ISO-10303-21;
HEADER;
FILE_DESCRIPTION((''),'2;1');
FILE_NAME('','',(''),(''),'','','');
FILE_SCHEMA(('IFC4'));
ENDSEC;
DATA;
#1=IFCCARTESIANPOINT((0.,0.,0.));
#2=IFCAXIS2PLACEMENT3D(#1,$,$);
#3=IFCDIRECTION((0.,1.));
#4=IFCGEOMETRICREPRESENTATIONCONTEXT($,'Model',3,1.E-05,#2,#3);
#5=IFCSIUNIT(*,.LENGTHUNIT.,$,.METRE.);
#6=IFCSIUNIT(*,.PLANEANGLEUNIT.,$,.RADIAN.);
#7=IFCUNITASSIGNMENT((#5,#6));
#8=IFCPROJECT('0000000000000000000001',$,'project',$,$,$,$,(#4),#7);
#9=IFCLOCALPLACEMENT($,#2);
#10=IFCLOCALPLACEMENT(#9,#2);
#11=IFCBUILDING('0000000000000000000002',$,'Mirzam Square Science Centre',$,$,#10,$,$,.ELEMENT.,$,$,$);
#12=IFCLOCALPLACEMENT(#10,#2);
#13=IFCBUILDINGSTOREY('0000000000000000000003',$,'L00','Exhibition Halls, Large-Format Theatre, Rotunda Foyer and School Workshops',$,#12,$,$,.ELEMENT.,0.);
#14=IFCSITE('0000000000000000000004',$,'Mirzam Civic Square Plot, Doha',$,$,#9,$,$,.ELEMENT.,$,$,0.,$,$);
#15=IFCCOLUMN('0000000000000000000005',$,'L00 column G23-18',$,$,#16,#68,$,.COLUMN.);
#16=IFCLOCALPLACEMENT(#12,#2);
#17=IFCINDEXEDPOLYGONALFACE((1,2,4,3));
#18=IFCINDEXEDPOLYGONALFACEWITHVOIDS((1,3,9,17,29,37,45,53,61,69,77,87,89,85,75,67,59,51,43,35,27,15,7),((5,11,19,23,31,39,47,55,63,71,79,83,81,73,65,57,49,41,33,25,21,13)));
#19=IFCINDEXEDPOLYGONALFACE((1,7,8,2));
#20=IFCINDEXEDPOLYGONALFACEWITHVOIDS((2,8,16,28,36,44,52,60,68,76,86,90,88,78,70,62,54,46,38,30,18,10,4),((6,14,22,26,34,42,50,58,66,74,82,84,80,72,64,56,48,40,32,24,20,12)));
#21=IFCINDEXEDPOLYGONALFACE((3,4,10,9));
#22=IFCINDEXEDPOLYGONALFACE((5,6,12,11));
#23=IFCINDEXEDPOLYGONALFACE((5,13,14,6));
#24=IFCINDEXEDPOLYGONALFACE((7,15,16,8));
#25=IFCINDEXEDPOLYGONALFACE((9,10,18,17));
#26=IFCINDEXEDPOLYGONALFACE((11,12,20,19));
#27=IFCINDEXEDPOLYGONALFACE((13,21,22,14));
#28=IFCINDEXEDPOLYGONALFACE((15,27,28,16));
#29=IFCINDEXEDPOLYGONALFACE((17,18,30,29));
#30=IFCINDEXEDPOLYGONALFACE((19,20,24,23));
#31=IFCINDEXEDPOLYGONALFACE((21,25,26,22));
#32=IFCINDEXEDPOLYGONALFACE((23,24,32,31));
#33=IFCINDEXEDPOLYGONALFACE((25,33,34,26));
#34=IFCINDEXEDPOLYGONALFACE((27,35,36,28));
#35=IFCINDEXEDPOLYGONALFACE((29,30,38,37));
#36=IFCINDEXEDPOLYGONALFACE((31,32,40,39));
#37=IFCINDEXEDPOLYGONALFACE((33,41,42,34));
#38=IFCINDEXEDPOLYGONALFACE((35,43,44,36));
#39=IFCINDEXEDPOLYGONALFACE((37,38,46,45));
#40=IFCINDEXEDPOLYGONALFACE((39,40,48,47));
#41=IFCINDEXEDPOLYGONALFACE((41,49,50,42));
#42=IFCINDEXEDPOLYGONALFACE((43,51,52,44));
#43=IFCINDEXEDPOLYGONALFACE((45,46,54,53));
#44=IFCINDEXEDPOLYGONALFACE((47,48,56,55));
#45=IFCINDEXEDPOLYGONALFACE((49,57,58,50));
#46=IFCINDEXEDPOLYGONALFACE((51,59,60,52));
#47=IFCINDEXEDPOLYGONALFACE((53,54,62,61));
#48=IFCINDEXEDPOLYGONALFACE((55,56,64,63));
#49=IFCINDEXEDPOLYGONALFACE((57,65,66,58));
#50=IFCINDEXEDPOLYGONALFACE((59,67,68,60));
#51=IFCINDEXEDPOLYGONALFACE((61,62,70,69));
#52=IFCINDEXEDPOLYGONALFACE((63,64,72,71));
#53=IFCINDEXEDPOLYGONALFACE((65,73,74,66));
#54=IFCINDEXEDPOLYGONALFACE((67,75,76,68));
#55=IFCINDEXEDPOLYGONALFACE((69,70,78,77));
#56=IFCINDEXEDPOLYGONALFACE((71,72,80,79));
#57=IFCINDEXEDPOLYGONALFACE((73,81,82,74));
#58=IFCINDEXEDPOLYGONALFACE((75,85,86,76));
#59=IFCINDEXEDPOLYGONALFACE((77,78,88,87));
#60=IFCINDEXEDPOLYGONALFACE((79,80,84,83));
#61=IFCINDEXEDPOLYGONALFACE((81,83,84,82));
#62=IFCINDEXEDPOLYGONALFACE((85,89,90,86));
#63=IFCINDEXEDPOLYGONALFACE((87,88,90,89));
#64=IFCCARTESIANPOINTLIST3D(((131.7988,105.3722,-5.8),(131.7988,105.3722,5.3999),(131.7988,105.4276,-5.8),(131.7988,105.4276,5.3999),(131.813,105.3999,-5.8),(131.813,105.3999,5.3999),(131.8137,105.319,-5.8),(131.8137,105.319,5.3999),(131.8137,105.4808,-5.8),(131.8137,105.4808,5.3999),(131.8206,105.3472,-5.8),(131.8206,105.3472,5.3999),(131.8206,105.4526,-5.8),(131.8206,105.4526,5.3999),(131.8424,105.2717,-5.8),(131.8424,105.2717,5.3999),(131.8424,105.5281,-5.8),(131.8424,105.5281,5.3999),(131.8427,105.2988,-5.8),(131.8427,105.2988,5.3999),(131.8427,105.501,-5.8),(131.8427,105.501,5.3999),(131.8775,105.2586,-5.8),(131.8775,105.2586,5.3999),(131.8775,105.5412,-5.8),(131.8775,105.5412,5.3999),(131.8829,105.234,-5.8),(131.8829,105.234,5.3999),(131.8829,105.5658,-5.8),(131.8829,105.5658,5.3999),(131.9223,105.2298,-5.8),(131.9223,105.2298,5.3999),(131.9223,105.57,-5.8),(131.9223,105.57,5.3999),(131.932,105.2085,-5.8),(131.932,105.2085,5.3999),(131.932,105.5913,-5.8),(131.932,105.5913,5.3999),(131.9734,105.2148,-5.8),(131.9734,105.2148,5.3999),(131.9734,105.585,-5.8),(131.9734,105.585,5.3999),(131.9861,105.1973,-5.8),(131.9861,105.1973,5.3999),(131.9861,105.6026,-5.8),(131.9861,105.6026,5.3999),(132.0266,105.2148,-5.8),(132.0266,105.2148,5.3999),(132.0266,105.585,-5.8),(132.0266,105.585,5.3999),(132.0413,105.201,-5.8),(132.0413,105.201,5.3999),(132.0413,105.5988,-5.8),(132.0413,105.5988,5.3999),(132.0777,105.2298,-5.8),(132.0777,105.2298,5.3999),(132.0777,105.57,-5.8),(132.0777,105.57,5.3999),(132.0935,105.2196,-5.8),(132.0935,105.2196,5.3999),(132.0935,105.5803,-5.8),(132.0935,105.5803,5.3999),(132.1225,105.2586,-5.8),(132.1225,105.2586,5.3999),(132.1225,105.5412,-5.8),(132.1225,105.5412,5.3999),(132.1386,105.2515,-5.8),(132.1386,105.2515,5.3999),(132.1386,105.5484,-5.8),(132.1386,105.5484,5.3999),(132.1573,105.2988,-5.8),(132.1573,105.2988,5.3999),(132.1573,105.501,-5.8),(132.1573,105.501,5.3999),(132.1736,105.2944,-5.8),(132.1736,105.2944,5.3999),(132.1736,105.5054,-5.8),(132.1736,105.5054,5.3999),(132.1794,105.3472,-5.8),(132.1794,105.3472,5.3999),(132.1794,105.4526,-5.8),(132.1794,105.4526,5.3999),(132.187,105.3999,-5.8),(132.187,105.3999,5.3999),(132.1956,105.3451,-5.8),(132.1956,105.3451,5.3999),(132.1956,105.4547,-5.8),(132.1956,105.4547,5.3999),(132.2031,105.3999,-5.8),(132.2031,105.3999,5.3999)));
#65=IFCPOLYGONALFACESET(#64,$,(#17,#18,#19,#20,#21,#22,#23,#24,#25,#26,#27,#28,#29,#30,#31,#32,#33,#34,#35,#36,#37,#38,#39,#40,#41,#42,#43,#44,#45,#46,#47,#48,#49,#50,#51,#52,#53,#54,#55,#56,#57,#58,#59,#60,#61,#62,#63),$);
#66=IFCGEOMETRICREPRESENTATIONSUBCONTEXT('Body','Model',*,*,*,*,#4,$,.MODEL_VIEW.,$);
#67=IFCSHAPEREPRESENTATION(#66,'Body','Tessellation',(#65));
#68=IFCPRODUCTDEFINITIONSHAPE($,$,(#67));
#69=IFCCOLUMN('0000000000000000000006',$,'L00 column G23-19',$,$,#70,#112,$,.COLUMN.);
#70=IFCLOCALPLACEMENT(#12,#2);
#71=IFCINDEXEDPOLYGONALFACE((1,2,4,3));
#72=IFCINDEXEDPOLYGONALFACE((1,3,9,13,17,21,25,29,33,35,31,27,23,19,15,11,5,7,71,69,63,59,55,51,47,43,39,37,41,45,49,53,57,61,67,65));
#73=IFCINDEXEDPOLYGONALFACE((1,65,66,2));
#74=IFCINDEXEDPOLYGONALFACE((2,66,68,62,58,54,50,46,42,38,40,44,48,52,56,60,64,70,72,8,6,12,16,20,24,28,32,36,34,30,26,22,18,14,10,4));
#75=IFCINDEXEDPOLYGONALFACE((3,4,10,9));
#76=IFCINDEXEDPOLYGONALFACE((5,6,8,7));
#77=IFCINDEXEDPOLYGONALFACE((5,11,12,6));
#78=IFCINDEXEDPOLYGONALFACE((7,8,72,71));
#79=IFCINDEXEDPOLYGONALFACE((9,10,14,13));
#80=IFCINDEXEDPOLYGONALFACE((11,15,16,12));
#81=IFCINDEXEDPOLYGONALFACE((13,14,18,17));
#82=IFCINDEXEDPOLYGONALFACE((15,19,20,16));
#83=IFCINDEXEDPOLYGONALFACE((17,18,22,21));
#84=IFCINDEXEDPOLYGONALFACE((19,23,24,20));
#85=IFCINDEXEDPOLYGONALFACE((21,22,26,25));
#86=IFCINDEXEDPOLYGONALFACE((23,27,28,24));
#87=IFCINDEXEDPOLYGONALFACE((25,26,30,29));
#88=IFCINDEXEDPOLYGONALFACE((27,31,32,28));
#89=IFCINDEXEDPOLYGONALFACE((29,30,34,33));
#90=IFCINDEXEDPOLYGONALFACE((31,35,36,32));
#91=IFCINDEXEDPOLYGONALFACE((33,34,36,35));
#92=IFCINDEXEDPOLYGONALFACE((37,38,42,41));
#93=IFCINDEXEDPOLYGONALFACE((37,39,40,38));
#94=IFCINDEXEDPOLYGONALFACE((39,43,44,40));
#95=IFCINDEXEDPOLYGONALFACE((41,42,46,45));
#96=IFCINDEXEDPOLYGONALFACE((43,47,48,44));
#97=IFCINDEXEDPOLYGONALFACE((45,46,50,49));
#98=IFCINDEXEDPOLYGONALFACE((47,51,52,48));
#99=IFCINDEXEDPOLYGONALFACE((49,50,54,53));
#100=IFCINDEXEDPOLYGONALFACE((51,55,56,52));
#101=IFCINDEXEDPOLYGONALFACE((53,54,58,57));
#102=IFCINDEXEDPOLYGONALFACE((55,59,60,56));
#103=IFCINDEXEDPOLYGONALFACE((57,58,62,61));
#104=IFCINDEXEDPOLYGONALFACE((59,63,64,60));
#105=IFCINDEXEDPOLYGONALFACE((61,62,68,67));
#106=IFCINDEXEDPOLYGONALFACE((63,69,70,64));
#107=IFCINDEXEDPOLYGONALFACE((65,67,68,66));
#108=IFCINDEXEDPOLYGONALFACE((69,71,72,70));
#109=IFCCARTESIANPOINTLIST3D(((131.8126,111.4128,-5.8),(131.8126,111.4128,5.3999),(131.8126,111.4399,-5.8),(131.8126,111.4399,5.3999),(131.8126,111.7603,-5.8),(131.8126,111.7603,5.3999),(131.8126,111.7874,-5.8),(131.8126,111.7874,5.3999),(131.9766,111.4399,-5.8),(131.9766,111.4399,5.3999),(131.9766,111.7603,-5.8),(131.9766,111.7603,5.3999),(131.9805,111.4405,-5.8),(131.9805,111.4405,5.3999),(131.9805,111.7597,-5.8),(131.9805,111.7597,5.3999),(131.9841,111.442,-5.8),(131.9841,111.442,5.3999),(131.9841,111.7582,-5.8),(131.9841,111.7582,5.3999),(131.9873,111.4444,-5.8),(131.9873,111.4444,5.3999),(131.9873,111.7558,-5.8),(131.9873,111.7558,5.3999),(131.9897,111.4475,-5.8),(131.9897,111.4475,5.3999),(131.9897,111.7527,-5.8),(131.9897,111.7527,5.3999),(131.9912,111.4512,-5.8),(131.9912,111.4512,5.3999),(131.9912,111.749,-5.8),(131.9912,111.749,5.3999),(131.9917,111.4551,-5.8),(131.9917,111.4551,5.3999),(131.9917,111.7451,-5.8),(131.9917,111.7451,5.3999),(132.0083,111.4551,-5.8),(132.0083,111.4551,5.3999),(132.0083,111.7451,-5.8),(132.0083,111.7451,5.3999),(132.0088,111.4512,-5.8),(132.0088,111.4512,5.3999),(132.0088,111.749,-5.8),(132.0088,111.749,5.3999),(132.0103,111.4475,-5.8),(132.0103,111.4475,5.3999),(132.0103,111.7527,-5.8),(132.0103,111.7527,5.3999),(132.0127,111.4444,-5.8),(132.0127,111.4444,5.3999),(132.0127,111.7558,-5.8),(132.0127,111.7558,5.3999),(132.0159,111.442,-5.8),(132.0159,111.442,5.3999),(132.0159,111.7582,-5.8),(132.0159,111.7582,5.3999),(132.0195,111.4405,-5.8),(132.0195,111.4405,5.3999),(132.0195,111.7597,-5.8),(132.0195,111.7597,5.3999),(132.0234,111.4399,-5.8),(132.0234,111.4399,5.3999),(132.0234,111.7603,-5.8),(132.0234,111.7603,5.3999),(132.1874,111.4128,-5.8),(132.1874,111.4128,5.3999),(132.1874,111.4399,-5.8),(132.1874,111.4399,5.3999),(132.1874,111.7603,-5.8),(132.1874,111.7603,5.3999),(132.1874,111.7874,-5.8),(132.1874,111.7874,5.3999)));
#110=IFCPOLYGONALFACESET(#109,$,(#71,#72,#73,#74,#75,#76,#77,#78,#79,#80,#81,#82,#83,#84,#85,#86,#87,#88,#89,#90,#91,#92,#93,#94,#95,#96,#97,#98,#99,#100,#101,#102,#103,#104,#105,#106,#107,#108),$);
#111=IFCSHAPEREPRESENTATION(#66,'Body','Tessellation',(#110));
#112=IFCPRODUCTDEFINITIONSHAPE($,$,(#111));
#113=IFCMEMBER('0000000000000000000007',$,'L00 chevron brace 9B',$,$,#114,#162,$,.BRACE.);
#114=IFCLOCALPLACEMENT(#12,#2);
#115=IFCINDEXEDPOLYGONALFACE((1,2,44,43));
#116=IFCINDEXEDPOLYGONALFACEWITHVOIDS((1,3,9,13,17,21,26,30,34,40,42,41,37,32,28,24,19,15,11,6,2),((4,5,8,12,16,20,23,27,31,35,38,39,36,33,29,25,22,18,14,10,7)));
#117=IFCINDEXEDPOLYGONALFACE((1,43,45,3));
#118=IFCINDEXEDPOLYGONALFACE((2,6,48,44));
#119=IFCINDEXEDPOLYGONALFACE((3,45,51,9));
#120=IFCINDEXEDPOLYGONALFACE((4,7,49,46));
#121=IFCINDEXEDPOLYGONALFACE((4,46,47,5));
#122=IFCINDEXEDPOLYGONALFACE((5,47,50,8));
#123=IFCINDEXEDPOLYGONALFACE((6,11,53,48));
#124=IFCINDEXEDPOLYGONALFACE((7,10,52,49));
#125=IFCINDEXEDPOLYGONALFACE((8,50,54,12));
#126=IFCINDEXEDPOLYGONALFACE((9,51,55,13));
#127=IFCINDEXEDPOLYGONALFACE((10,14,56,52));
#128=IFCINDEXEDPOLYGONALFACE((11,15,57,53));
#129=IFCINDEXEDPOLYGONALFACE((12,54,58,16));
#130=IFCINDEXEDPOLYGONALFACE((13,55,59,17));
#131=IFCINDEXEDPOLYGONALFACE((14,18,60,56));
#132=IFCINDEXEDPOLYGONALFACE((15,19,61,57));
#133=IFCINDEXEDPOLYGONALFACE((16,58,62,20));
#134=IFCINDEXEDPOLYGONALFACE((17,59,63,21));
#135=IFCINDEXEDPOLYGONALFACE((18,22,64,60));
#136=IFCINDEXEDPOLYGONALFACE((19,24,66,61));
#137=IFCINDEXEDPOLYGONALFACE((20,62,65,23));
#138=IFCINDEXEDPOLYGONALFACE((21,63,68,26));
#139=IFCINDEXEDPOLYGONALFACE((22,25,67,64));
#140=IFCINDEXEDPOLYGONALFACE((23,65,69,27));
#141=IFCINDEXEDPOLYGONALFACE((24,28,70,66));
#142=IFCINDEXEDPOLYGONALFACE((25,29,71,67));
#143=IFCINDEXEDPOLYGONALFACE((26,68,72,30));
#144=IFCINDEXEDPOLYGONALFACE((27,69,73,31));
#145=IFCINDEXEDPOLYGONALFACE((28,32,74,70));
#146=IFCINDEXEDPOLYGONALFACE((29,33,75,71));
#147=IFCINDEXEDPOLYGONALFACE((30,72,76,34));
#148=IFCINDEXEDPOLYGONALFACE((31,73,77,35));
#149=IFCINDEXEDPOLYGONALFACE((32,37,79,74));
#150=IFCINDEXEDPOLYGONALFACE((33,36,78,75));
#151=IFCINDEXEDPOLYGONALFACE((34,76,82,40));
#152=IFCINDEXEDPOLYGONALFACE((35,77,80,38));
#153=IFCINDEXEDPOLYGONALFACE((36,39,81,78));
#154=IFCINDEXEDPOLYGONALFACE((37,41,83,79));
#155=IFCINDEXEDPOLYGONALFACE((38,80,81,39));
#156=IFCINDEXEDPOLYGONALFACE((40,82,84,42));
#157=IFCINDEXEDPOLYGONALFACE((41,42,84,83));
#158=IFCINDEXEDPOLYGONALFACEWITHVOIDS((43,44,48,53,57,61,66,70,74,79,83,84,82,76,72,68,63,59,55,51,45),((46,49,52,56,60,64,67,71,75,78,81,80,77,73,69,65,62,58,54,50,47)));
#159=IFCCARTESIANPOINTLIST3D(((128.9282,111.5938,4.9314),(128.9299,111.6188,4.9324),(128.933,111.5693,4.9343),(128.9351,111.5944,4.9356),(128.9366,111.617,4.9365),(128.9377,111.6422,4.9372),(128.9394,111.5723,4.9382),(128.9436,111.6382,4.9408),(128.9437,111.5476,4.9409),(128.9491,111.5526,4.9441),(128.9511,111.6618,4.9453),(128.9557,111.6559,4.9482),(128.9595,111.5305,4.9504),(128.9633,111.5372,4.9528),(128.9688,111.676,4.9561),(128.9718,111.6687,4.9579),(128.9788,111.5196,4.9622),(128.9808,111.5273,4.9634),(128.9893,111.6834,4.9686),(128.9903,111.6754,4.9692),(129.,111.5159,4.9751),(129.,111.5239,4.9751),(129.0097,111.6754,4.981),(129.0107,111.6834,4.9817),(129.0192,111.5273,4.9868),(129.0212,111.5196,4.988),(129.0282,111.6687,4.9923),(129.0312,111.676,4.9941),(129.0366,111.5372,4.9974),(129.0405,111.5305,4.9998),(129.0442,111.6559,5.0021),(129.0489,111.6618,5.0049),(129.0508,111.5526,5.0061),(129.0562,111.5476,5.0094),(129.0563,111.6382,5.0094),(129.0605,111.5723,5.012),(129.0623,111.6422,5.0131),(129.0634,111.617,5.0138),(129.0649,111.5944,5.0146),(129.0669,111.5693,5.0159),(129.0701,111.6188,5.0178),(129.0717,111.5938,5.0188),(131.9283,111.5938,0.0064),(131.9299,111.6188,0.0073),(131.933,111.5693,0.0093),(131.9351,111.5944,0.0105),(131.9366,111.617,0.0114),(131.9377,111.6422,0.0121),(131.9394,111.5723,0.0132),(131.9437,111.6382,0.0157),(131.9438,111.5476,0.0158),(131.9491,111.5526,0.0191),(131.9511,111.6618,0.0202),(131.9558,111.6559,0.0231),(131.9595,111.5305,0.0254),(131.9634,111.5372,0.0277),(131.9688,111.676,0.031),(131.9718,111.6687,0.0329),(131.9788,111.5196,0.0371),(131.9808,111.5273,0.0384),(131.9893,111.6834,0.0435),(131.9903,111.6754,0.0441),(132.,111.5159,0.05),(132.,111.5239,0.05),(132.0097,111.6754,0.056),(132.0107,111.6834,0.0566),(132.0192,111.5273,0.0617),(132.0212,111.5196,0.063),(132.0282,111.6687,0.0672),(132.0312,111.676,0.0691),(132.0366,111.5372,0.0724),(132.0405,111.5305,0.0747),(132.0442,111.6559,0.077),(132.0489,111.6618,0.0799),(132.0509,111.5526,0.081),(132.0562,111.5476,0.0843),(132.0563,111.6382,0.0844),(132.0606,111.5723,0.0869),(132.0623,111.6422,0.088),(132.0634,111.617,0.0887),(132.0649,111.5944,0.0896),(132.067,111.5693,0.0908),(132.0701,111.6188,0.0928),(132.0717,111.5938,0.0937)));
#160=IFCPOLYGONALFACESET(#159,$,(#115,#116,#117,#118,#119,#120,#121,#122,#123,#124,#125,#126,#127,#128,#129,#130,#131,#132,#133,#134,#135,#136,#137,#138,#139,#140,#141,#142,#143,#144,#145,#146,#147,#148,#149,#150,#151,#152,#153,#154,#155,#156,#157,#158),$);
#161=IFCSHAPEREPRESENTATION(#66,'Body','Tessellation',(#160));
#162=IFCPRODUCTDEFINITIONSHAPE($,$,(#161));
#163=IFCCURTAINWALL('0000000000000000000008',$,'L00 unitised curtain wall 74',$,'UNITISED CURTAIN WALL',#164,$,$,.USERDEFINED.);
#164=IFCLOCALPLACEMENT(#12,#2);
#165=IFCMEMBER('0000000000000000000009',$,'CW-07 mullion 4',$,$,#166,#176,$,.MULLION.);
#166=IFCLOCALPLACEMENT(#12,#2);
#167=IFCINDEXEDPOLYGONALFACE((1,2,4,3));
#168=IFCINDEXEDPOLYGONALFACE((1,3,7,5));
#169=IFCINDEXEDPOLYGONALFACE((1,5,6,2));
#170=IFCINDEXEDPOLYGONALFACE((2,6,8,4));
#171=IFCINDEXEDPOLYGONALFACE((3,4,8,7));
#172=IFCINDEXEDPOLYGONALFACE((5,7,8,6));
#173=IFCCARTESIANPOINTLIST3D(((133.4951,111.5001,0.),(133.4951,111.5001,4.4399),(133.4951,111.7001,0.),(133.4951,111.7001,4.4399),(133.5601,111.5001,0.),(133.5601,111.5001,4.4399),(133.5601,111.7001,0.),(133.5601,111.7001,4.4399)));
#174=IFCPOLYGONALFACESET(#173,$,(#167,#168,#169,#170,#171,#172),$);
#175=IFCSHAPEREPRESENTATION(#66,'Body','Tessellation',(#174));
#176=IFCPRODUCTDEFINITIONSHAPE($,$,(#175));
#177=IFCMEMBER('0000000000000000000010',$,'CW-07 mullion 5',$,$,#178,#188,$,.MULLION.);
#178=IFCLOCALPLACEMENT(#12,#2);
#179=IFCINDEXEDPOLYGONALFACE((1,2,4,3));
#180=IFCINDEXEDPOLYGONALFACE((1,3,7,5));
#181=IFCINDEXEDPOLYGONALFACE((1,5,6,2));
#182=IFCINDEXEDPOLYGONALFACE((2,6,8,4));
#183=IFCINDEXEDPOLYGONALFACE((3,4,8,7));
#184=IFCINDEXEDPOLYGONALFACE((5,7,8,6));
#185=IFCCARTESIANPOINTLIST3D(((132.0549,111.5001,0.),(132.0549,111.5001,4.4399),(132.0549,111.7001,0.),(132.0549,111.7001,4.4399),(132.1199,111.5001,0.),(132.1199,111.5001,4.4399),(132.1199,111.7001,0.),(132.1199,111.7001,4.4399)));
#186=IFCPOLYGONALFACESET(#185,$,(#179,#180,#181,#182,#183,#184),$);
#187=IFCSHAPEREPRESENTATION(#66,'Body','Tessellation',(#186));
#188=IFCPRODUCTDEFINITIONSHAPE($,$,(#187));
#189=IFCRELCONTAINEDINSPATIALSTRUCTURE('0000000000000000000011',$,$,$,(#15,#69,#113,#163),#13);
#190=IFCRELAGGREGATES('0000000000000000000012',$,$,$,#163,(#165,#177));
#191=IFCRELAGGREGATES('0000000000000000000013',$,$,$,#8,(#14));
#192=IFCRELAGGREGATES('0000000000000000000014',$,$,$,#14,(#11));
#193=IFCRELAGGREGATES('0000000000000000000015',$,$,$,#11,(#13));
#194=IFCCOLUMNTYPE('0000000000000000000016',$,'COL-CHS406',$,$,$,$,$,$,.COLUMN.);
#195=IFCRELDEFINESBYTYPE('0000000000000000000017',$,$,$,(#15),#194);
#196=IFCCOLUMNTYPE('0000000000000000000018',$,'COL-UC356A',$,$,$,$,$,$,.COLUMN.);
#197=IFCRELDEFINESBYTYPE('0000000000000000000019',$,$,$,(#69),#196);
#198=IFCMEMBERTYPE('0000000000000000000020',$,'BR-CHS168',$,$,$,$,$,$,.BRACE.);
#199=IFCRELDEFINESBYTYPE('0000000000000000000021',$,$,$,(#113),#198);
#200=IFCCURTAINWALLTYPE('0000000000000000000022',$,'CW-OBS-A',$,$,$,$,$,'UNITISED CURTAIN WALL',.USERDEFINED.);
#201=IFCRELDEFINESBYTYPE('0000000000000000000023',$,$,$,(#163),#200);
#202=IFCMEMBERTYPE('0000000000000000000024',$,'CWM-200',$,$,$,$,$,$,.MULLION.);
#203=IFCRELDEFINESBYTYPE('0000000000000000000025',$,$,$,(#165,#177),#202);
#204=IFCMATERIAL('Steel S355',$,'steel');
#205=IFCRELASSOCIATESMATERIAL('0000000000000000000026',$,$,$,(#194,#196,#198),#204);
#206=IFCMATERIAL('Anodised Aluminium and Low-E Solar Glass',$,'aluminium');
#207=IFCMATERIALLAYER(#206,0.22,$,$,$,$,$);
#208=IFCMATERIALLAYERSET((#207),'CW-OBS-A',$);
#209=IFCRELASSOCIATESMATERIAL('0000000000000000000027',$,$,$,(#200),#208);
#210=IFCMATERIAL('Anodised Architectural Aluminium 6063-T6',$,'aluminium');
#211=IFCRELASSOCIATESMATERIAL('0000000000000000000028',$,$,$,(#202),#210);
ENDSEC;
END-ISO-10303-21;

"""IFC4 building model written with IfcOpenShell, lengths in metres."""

from ifc_helpers import new_model, si_unit, direction, frame, origin, origin_2d, place, context, subcontext, project, spatial, rectangle, hollow_circle, i_section, extrude, material, layer, layer_set, material_profile, profile_set, type_object, element, aggregate, save


model = new_model("IFC4")

# Units and contexts
model_context = context("Model", 3, precision=1e-05, world=origin(), true_north=direction((0.0, 1.0)))
body_context = subcontext(model_context, "Body", "Model", "MODEL_VIEW")
ifc_project = project(units=[si_unit("LENGTHUNIT", "METRE"), si_unit("PLANEANGLEUNIT", "RADIAN")], contexts=[model_context])

# Site, building, storey
site_placement = place(None, origin())
site = spatial("IfcSite", under=ifc_project, at=site_placement, Name="Mirzam Civic Square Plot, Doha", CompositionType="ELEMENT", RefElevation=0.0)
building_placement = place(site_placement, origin())
building = spatial("IfcBuilding", under=site, at=building_placement, Name="Mirzam Square Science Centre", CompositionType="ELEMENT")
storey_placement = place(building_placement, origin())
storey = spatial("IfcBuildingStorey", under=building, at=storey_placement, Name="L00", Description="Exhibition Halls, Large-Format Theatre, Rotunda Foyer and School Workshops", CompositionType="ELEMENT", Elevation=0.0)

# Columns
ifc_material_1 = material(Name="Steel S355", Category="steel")
ifc_material_profile_1 = material_profile(ifc_material_1, hollow_circle(Radius=0.2031, WallThickness=0.0161, at=origin_2d()), Name="406.4x16.0CHS")
ifc_profile_set_1 = profile_set([ifc_material_profile_1], Name="Steel S355")
column_type_1 = type_object("IfcColumnType", Name="COL-CHS406", PredefinedType="COLUMN", material=ifc_profile_set_1)
column_1_placement = place(storey_placement, frame((132.0, 105.3999, -5.8), z_axis=(0.0, 0.0, 1.0), x_axis=(1.0, 0.0, 0.0)))
element("IfcColumn", 1, at=column_1_placement, inside=storey, type_object=column_type_1, Name="L00 column G23-18", PredefinedType="COLUMN", context=body_context, shape_type="SweptSolid", body=[
    extrude(hollow_circle(Radius=0.2031, WallThickness=0.0161, at=origin_2d()), origin(), (0.0, 0.0, 1.0), 11.2),
])
ifc_material_profile_2 = material_profile(ifc_material_1, i_section(OverallWidth=0.3748, OverallDepth=0.3745, WebThickness=0.0166, FlangeThickness=0.0271, FilletRadius=0.0151, at=origin_2d()), Name="356x368x202UC")
ifc_profile_set_2 = profile_set([ifc_material_profile_2], Name="Steel S355")
column_type_2 = type_object("IfcColumnType", Name="COL-UC356A", PredefinedType="COLUMN", material=ifc_profile_set_2)
column_2_placement = place(storey_placement, frame((132.0, 111.6001, -5.8), z_axis=(0.0, 0.0, 1.0), x_axis=(1.0, 0.0, 0.0)))
element("IfcColumn", 2, at=column_2_placement, inside=storey, type_object=column_type_2, Name="L00 column G23-19", PredefinedType="COLUMN", context=body_context, shape_type="SweptSolid", body=[
    extrude(i_section(OverallWidth=0.3748, OverallDepth=0.3745, WebThickness=0.0166, FlangeThickness=0.0271, FilletRadius=0.0151, at=origin_2d()), origin(), (0.0, 0.0, 1.0), 11.2),
])

# Member
ifc_material_profile_3 = material_profile(ifc_material_1, hollow_circle(Radius=0.0842, WallThickness=0.0081, at=origin_2d()), Name="168.3x8.0CHS")
ifc_profile_set_3 = profile_set([ifc_material_profile_3], Name="Steel S355")
member_type_1 = type_object("IfcMemberType", Name="BR-CHS168", PredefinedType="BRACE", material=ifc_profile_set_3)
member_1_placement = place(storey_placement, frame((132.0, 111.6001, 0.05), z_axis=(-0.520218, 0.0, 0.854033), x_axis=(0.0, -1.0, 0.0)))
element("IfcMember", 3, at=member_1_placement, inside=storey, type_object=member_type_1, Name="L00 chevron brace 9B", PredefinedType="BRACE", context=body_context, shape_type="SweptSolid", body=[
    extrude(hollow_circle(Radius=0.0842, WallThickness=0.0081, at=origin_2d()), origin(), (0.0, 0.0, 1.0), 5.7668),
])

# Curtain wall, members
ifc_material_2 = material(Name="Anodised Aluminium and Low-E Solar Glass", Category="aluminium")
ifc_layer_1 = layer(ifc_material_2, 0.22)
ifc_layer_set_1 = layer_set([ifc_layer_1], Name="CW-OBS-A")
curtain_wall_type = type_object("IfcCurtainWallType", Name="CW-OBS-A", ElementType="UNITISED CURTAIN WALL", PredefinedType="USERDEFINED", material=ifc_layer_set_1)
curtain_wall_placement = place(storey_placement, origin())
curtain_wall = element("IfcCurtainWall", 4, at=curtain_wall_placement, inside=storey, type_object=curtain_wall_type, Name="L00 unitised curtain wall 74", ObjectType="UNITISED CURTAIN WALL", PredefinedType="USERDEFINED")
ifc_material_3 = material(Name="Anodised Architectural Aluminium 6063-T6", Category="aluminium")
ifc_material_profile_4 = material_profile(ifc_material_3, rectangle(XDim=0.0649, YDim=0.2, at=origin_2d()), Name="ALU-MULL-200x65x5")
ifc_profile_set_4 = profile_set([ifc_material_profile_4], Name="Anodised Architectural Aluminium 6063-T6")
member_type_2 = type_object("IfcMemberType", Name="CWM-200", PredefinedType="MULLION", material=ifc_profile_set_4)
member_2_placement = place(storey_placement, frame((133.5276, 111.6001, 0.0), z_axis=(0.0, 0.0, 1.0), x_axis=(-1.0, 0.0, 0.0)))
member_2 = element("IfcMember", 5, at=member_2_placement, type_object=member_type_2, Name="CW-07 mullion 4", PredefinedType="MULLION", context=body_context, shape_type="SweptSolid", body=[
    extrude(rectangle(XDim=0.0649, YDim=0.2, at=origin_2d()), origin(), (0.0, 0.0, 1.0), 4.4399),
])
member_3_placement = place(storey_placement, frame((132.0874, 111.6001, 0.0), z_axis=(0.0, 0.0, 1.0), x_axis=(-1.0, 0.0, 0.0)))
member_3 = element("IfcMember", 6, at=member_3_placement, type_object=member_type_2, Name="CW-07 mullion 5", PredefinedType="MULLION", context=body_context, shape_type="SweptSolid", body=[
    extrude(rectangle(XDim=0.0649, YDim=0.2, at=origin_2d()), origin(), (0.0, 0.0, 1.0), 4.4399),
])

aggregate(curtain_wall, [member_2, member_3])

save(model, "model.ifc")
